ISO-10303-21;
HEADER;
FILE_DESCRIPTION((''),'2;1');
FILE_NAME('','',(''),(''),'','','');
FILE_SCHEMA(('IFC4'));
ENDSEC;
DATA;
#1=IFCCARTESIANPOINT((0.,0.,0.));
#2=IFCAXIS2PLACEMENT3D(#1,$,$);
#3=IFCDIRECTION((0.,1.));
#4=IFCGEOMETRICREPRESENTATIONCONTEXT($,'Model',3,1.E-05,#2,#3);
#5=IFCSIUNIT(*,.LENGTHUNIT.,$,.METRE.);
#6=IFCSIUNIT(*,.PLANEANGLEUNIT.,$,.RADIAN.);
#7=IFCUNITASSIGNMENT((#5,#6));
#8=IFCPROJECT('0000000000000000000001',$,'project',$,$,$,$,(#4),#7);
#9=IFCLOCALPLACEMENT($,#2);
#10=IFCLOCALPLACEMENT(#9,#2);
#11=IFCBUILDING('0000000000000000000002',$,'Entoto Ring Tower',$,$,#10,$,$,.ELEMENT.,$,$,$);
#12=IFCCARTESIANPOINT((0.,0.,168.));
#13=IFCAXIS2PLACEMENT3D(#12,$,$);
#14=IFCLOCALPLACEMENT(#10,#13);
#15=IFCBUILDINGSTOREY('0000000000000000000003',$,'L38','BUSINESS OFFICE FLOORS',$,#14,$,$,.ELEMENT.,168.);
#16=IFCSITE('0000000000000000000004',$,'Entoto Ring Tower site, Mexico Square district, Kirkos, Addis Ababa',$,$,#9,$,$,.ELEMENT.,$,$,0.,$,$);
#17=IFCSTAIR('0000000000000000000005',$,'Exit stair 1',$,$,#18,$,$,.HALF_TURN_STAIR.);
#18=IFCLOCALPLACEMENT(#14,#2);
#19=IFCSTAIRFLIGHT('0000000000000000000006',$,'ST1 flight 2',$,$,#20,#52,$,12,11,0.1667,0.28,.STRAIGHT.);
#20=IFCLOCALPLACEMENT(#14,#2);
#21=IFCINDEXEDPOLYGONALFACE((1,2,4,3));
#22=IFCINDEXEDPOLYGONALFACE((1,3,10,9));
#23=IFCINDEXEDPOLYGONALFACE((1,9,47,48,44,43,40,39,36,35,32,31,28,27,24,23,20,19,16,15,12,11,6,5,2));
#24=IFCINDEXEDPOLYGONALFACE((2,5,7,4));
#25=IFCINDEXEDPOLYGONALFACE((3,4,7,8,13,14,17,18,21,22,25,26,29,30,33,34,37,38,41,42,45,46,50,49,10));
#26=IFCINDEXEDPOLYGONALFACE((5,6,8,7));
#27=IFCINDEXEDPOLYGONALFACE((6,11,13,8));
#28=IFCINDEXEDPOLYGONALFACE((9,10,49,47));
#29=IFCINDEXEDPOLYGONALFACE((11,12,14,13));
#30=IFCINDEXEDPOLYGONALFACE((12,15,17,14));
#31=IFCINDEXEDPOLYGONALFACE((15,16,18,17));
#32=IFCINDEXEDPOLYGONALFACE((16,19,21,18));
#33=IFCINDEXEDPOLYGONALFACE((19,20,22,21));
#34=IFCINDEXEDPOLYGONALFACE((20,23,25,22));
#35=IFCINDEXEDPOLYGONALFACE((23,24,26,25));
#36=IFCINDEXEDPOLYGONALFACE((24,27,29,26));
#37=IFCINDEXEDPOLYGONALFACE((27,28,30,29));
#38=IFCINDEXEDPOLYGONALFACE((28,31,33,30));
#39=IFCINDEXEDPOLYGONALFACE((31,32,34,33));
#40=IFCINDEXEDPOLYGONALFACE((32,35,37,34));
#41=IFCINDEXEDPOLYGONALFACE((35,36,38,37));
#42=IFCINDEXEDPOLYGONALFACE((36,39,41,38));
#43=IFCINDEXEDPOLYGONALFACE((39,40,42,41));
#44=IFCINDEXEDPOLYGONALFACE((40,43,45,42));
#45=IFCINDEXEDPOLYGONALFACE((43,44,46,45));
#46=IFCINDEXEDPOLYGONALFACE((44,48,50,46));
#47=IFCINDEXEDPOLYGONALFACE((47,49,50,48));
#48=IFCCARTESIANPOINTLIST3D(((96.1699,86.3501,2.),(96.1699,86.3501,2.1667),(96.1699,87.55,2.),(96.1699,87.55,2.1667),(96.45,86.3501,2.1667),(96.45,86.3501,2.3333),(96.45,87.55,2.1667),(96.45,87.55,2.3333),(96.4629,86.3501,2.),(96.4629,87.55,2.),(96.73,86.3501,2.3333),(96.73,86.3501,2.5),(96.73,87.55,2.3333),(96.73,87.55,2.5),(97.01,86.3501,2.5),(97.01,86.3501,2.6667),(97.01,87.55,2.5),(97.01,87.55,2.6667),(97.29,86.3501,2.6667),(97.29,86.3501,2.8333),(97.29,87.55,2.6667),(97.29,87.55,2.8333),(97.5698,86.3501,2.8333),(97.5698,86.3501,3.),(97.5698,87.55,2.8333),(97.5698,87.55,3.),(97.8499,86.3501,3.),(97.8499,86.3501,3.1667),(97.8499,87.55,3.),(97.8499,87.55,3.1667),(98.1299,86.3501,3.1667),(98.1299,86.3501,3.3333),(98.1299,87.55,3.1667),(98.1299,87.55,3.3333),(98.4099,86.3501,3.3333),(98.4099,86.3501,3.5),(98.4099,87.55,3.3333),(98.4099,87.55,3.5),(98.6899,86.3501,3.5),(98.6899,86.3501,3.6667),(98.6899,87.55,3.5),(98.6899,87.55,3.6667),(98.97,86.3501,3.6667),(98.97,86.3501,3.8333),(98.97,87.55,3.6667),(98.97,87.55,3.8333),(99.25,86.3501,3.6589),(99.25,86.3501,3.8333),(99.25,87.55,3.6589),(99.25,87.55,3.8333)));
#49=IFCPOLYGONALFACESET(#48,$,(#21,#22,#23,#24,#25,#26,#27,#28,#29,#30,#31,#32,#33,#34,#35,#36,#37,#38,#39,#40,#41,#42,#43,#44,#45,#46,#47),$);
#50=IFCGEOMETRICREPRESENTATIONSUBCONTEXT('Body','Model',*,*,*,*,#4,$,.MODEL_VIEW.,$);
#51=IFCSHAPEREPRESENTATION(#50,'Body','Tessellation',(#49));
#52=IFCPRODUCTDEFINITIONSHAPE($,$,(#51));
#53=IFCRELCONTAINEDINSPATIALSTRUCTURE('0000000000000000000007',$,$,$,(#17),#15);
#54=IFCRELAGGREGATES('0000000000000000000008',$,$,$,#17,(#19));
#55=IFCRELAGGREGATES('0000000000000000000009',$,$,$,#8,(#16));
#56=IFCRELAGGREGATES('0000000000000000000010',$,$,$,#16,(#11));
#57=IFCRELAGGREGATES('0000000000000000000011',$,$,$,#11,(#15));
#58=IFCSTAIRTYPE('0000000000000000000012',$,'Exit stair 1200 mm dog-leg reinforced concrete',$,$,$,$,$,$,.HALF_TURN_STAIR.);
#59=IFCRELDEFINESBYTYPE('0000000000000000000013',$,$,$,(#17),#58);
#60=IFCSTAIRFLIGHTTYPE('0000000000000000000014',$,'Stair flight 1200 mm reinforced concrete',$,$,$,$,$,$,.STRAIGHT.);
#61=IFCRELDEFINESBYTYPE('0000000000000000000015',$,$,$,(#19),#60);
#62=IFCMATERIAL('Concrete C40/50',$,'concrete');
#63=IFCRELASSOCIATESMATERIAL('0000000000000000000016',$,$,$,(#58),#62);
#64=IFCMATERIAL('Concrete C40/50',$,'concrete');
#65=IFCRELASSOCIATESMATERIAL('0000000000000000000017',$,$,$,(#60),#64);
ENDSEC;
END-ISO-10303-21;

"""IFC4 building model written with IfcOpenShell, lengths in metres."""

from ifc_helpers import new_model, si_unit, direction, frame, origin, place, context, subcontext, project, spatial, polyline, outline, extrude, material, type_object, element, aggregate, save


model = new_model("IFC4")

# Units and contexts
model_context = context("Model", 3, precision=1e-05, world=origin(), true_north=direction((0.0, 1.0)))
body_context = subcontext(model_context, "Body", "Model", "MODEL_VIEW")
ifc_project = project(units=[si_unit("LENGTHUNIT", "METRE"), si_unit("PLANEANGLEUNIT", "RADIAN")], contexts=[model_context])

# Site, building, storey
site_placement = place(None, origin())
site = spatial("IfcSite", under=ifc_project, at=site_placement, Name="Entoto Ring Tower site, Mexico Square district, Kirkos, Addis Ababa", CompositionType="ELEMENT", RefElevation=0.0)
building_placement = place(site_placement, origin())
building = spatial("IfcBuilding", under=site, at=building_placement, Name="Entoto Ring Tower", CompositionType="ELEMENT")
storey_placement = place(building_placement, frame((0.0, 0.0, 168.0)))
storey = spatial("IfcBuildingStorey", under=building, at=storey_placement, Name="L38", Description="BUSINESS OFFICE FLOORS", CompositionType="ELEMENT", Elevation=168.0)

# Stair, stair flight
ifc_material_1 = material(Name="Concrete C40/50", Category="concrete")
stair_type = type_object("IfcStairType", Name="Exit stair 1200 mm dog-leg reinforced concrete", PredefinedType="HALF_TURN_STAIR", material=ifc_material_1)
stair_placement = place(storey_placement, origin())
stair = element("IfcStair", 1, at=stair_placement, inside=storey, type_object=stair_type, Name="Exit stair 1", PredefinedType="HALF_TURN_STAIR")
ifc_material_2 = material(Name="Concrete C40/50", Category="concrete")
stair_flight_type = type_object("IfcStairFlightType", Name="Stair flight 1200 mm reinforced concrete", PredefinedType="STRAIGHT", material=ifc_material_2)
stair_flight_1_placement = place(storey_placement, frame((96.1699, 86.95, 2.0), z_axis=(0.0, 0.0, 1.0), x_axis=(1.0, 0.0, 0.0)))
stair_flight_1 = element("IfcStairFlight", 2, at=stair_flight_1_placement, type_object=stair_flight_type, Name="ST1 flight 2", NumberOfRisers=12, NumberOfTreads=11, PredefinedType="STRAIGHT", RiserHeight=0.1667, TreadLength=0.28, context=body_context, shape_type="SweptSolid", body=[
    extrude(outline(polyline([(0.0, 0.0), (0.0, 0.1667), (0.28, 0.1667), (0.28, 0.3333), (0.5601, 0.3333), (0.5601, 0.5), (0.8401, 0.5), (0.8401, 0.6667), (1.1201, 0.6667), (1.1201, 0.8333), (1.3999, 0.8333), (1.3999, 1.0), (1.6799, 1.0), (1.6799, 1.1667), (1.96, 1.1667), (1.96, 1.3333), (2.24, 1.3333), (2.24, 1.5), (2.52, 1.5), (2.52, 1.6667), (2.8, 1.6667), (2.8, 1.8333), (3.0801, 1.8333), (3.0801, 2.0), (3.0801, 1.6589), (0.293, 0.0), (0.0, 0.0)])), frame((0.0, 0.6001, 0.0), z_axis=(0.0, -1.0, 0.0), x_axis=(1.0, 0.0, 0.0)), (0.0, 0.0, 1.0), 1.2),
])
aggregate(stair, [stair_flight_1])

save(model, "model.ifc")
